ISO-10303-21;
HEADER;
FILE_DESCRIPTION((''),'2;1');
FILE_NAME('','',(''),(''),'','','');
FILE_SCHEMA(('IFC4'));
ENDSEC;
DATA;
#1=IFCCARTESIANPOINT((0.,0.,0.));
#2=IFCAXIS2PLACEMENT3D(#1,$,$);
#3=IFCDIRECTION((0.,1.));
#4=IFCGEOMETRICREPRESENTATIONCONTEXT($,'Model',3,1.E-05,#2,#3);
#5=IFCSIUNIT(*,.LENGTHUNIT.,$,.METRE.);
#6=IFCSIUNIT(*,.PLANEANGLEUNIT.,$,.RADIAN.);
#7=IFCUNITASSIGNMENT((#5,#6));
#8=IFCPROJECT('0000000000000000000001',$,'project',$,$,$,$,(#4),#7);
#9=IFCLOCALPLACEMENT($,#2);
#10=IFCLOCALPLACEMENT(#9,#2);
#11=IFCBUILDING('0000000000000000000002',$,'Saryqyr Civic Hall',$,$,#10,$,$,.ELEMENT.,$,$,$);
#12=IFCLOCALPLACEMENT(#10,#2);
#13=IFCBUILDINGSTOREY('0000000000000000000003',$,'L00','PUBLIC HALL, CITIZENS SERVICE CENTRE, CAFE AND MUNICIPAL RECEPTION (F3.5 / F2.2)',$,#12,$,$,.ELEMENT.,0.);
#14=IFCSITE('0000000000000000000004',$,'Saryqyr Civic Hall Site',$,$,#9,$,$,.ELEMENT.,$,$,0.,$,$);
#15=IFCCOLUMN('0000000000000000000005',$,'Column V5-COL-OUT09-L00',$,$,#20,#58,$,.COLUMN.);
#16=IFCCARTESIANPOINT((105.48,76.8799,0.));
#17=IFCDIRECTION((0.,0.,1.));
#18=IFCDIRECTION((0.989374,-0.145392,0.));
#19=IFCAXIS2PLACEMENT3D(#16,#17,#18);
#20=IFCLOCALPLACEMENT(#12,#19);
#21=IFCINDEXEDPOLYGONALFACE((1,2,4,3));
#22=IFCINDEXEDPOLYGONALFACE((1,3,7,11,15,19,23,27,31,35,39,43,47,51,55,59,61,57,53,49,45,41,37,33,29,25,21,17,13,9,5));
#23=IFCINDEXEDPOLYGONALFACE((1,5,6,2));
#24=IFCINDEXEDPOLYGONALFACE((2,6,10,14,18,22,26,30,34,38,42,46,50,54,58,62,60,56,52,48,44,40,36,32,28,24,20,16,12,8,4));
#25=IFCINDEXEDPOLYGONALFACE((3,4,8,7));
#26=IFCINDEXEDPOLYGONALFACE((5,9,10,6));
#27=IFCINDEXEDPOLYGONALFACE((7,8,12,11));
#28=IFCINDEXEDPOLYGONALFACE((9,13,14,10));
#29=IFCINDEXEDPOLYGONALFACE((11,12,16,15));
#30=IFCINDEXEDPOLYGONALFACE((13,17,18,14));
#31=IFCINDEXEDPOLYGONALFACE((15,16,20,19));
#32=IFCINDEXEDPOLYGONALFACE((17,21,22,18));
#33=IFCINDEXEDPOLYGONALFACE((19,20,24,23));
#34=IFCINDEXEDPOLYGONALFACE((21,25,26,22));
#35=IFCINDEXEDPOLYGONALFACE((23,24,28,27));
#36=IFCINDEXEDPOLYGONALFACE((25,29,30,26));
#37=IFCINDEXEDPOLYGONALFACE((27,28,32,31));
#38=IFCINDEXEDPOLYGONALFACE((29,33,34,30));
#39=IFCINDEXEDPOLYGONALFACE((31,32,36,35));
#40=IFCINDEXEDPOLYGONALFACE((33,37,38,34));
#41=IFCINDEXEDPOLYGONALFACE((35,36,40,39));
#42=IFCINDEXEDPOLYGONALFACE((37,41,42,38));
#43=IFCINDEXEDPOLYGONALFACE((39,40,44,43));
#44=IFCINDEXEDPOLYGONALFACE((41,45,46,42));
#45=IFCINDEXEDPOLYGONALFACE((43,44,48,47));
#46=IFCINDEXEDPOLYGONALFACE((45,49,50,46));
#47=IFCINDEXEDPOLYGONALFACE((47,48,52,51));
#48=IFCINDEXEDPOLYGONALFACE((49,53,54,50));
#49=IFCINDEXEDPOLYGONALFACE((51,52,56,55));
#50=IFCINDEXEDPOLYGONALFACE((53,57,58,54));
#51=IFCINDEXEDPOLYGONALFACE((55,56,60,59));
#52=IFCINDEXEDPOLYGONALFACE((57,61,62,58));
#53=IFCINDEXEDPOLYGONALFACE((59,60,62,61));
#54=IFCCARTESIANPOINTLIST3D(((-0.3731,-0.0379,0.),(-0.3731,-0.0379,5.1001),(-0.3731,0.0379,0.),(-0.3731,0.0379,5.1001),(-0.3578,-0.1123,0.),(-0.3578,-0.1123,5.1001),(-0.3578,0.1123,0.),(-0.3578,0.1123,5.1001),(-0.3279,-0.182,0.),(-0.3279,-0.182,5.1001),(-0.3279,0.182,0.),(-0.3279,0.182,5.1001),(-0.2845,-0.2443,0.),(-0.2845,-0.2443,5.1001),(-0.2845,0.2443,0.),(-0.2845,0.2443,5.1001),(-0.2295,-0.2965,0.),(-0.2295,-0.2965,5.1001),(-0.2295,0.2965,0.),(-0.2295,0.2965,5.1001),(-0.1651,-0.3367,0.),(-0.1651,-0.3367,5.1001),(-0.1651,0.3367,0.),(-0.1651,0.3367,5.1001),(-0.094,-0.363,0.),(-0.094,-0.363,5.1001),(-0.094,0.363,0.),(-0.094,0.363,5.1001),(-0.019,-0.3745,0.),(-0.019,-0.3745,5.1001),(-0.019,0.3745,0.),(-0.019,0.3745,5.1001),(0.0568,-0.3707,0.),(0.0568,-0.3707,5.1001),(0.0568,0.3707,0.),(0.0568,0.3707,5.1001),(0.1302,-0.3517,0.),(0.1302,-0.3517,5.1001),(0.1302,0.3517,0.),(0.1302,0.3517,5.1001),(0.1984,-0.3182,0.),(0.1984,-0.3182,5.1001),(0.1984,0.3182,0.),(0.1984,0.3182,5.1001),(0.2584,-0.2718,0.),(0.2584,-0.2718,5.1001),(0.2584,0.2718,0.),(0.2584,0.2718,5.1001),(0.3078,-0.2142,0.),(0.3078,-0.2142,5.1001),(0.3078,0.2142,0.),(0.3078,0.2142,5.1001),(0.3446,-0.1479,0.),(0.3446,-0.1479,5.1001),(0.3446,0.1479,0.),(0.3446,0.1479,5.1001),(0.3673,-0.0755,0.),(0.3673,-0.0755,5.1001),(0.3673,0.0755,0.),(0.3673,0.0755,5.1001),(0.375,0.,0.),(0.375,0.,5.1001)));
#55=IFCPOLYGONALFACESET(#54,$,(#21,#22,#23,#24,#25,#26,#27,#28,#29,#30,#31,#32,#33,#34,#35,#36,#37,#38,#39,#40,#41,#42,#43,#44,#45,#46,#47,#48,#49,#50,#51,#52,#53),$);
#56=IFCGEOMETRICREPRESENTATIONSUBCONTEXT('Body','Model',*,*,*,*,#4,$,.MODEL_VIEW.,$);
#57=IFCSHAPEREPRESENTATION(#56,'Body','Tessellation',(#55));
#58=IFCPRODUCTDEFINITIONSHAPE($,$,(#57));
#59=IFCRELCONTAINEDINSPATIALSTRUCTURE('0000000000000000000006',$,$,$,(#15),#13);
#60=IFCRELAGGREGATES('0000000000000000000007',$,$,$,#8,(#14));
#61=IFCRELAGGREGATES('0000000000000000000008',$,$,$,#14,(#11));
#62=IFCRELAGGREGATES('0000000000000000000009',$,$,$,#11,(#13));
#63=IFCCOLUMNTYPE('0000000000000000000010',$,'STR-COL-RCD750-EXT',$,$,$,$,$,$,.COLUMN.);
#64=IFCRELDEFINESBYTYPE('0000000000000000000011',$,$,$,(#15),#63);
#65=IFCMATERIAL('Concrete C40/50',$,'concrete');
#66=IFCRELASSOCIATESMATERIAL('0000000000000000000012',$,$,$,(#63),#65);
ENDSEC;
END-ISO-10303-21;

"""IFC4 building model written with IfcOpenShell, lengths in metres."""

from ifc_helpers import new_model, si_unit, direction, frame, origin, origin_2d, place, context, subcontext, project, spatial, circle, extrude, material, material_profile, profile_set, type_object, element, save


model = new_model("IFC4")

# Units and contexts
model_context = context("Model", 3, precision=1e-05, world=origin(), true_north=direction((0.0, 1.0)))
body_context = subcontext(model_context, "Body", "Model", "MODEL_VIEW")
ifc_project = project(units=[si_unit("LENGTHUNIT", "METRE"), si_unit("PLANEANGLEUNIT", "RADIAN")], contexts=[model_context])

# Site, building, storey
site_placement = place(None, origin())
site = spatial("IfcSite", under=ifc_project, at=site_placement, Name="Saryqyr Civic Hall Site", CompositionType="ELEMENT", RefElevation=0.0)
building_placement = place(site_placement, origin())
building = spatial("IfcBuilding", under=site, at=building_placement, Name="Saryqyr Civic Hall", CompositionType="ELEMENT")
storey_placement = place(building_placement, origin())
storey = spatial("IfcBuildingStorey", under=building, at=storey_placement, Name="L00", Description="PUBLIC HALL, CITIZENS SERVICE CENTRE, CAFE AND MUNICIPAL RECEPTION (F3.5 / F2.2)", CompositionType="ELEMENT", Elevation=0.0)

# Column
ifc_material_1 = material(Name="Concrete C40/50", Category="concrete")
ifc_material_profile_1 = material_profile(ifc_material_1, circle(Radius=0.375, at=origin_2d()), Name="RC D750")
ifc_profile_set_1 = profile_set([ifc_material_profile_1], Name="Concrete C40/50")
column_type_1 = type_object("IfcColumnType", Name="STR-COL-RCD750-EXT", PredefinedType="COLUMN", material=ifc_profile_set_1)
column_placement = place(storey_placement, frame((105.48, 76.8799, 0.0), z_axis=(0.0, 0.0, 1.0), x_axis=(0.989374, -0.145392, 0.0)))
element("IfcColumn", 1, at=column_placement, inside=storey, type_object=column_type_1, Name="Column V5-COL-OUT09-L00", PredefinedType="COLUMN", context=body_context, shape_type="SweptSolid", body=[
    extrude(circle(Radius=0.375, at=origin_2d()), origin(), (0.0, 0.0, 1.0), 5.1001),
])

save(model, "model.ifc")
